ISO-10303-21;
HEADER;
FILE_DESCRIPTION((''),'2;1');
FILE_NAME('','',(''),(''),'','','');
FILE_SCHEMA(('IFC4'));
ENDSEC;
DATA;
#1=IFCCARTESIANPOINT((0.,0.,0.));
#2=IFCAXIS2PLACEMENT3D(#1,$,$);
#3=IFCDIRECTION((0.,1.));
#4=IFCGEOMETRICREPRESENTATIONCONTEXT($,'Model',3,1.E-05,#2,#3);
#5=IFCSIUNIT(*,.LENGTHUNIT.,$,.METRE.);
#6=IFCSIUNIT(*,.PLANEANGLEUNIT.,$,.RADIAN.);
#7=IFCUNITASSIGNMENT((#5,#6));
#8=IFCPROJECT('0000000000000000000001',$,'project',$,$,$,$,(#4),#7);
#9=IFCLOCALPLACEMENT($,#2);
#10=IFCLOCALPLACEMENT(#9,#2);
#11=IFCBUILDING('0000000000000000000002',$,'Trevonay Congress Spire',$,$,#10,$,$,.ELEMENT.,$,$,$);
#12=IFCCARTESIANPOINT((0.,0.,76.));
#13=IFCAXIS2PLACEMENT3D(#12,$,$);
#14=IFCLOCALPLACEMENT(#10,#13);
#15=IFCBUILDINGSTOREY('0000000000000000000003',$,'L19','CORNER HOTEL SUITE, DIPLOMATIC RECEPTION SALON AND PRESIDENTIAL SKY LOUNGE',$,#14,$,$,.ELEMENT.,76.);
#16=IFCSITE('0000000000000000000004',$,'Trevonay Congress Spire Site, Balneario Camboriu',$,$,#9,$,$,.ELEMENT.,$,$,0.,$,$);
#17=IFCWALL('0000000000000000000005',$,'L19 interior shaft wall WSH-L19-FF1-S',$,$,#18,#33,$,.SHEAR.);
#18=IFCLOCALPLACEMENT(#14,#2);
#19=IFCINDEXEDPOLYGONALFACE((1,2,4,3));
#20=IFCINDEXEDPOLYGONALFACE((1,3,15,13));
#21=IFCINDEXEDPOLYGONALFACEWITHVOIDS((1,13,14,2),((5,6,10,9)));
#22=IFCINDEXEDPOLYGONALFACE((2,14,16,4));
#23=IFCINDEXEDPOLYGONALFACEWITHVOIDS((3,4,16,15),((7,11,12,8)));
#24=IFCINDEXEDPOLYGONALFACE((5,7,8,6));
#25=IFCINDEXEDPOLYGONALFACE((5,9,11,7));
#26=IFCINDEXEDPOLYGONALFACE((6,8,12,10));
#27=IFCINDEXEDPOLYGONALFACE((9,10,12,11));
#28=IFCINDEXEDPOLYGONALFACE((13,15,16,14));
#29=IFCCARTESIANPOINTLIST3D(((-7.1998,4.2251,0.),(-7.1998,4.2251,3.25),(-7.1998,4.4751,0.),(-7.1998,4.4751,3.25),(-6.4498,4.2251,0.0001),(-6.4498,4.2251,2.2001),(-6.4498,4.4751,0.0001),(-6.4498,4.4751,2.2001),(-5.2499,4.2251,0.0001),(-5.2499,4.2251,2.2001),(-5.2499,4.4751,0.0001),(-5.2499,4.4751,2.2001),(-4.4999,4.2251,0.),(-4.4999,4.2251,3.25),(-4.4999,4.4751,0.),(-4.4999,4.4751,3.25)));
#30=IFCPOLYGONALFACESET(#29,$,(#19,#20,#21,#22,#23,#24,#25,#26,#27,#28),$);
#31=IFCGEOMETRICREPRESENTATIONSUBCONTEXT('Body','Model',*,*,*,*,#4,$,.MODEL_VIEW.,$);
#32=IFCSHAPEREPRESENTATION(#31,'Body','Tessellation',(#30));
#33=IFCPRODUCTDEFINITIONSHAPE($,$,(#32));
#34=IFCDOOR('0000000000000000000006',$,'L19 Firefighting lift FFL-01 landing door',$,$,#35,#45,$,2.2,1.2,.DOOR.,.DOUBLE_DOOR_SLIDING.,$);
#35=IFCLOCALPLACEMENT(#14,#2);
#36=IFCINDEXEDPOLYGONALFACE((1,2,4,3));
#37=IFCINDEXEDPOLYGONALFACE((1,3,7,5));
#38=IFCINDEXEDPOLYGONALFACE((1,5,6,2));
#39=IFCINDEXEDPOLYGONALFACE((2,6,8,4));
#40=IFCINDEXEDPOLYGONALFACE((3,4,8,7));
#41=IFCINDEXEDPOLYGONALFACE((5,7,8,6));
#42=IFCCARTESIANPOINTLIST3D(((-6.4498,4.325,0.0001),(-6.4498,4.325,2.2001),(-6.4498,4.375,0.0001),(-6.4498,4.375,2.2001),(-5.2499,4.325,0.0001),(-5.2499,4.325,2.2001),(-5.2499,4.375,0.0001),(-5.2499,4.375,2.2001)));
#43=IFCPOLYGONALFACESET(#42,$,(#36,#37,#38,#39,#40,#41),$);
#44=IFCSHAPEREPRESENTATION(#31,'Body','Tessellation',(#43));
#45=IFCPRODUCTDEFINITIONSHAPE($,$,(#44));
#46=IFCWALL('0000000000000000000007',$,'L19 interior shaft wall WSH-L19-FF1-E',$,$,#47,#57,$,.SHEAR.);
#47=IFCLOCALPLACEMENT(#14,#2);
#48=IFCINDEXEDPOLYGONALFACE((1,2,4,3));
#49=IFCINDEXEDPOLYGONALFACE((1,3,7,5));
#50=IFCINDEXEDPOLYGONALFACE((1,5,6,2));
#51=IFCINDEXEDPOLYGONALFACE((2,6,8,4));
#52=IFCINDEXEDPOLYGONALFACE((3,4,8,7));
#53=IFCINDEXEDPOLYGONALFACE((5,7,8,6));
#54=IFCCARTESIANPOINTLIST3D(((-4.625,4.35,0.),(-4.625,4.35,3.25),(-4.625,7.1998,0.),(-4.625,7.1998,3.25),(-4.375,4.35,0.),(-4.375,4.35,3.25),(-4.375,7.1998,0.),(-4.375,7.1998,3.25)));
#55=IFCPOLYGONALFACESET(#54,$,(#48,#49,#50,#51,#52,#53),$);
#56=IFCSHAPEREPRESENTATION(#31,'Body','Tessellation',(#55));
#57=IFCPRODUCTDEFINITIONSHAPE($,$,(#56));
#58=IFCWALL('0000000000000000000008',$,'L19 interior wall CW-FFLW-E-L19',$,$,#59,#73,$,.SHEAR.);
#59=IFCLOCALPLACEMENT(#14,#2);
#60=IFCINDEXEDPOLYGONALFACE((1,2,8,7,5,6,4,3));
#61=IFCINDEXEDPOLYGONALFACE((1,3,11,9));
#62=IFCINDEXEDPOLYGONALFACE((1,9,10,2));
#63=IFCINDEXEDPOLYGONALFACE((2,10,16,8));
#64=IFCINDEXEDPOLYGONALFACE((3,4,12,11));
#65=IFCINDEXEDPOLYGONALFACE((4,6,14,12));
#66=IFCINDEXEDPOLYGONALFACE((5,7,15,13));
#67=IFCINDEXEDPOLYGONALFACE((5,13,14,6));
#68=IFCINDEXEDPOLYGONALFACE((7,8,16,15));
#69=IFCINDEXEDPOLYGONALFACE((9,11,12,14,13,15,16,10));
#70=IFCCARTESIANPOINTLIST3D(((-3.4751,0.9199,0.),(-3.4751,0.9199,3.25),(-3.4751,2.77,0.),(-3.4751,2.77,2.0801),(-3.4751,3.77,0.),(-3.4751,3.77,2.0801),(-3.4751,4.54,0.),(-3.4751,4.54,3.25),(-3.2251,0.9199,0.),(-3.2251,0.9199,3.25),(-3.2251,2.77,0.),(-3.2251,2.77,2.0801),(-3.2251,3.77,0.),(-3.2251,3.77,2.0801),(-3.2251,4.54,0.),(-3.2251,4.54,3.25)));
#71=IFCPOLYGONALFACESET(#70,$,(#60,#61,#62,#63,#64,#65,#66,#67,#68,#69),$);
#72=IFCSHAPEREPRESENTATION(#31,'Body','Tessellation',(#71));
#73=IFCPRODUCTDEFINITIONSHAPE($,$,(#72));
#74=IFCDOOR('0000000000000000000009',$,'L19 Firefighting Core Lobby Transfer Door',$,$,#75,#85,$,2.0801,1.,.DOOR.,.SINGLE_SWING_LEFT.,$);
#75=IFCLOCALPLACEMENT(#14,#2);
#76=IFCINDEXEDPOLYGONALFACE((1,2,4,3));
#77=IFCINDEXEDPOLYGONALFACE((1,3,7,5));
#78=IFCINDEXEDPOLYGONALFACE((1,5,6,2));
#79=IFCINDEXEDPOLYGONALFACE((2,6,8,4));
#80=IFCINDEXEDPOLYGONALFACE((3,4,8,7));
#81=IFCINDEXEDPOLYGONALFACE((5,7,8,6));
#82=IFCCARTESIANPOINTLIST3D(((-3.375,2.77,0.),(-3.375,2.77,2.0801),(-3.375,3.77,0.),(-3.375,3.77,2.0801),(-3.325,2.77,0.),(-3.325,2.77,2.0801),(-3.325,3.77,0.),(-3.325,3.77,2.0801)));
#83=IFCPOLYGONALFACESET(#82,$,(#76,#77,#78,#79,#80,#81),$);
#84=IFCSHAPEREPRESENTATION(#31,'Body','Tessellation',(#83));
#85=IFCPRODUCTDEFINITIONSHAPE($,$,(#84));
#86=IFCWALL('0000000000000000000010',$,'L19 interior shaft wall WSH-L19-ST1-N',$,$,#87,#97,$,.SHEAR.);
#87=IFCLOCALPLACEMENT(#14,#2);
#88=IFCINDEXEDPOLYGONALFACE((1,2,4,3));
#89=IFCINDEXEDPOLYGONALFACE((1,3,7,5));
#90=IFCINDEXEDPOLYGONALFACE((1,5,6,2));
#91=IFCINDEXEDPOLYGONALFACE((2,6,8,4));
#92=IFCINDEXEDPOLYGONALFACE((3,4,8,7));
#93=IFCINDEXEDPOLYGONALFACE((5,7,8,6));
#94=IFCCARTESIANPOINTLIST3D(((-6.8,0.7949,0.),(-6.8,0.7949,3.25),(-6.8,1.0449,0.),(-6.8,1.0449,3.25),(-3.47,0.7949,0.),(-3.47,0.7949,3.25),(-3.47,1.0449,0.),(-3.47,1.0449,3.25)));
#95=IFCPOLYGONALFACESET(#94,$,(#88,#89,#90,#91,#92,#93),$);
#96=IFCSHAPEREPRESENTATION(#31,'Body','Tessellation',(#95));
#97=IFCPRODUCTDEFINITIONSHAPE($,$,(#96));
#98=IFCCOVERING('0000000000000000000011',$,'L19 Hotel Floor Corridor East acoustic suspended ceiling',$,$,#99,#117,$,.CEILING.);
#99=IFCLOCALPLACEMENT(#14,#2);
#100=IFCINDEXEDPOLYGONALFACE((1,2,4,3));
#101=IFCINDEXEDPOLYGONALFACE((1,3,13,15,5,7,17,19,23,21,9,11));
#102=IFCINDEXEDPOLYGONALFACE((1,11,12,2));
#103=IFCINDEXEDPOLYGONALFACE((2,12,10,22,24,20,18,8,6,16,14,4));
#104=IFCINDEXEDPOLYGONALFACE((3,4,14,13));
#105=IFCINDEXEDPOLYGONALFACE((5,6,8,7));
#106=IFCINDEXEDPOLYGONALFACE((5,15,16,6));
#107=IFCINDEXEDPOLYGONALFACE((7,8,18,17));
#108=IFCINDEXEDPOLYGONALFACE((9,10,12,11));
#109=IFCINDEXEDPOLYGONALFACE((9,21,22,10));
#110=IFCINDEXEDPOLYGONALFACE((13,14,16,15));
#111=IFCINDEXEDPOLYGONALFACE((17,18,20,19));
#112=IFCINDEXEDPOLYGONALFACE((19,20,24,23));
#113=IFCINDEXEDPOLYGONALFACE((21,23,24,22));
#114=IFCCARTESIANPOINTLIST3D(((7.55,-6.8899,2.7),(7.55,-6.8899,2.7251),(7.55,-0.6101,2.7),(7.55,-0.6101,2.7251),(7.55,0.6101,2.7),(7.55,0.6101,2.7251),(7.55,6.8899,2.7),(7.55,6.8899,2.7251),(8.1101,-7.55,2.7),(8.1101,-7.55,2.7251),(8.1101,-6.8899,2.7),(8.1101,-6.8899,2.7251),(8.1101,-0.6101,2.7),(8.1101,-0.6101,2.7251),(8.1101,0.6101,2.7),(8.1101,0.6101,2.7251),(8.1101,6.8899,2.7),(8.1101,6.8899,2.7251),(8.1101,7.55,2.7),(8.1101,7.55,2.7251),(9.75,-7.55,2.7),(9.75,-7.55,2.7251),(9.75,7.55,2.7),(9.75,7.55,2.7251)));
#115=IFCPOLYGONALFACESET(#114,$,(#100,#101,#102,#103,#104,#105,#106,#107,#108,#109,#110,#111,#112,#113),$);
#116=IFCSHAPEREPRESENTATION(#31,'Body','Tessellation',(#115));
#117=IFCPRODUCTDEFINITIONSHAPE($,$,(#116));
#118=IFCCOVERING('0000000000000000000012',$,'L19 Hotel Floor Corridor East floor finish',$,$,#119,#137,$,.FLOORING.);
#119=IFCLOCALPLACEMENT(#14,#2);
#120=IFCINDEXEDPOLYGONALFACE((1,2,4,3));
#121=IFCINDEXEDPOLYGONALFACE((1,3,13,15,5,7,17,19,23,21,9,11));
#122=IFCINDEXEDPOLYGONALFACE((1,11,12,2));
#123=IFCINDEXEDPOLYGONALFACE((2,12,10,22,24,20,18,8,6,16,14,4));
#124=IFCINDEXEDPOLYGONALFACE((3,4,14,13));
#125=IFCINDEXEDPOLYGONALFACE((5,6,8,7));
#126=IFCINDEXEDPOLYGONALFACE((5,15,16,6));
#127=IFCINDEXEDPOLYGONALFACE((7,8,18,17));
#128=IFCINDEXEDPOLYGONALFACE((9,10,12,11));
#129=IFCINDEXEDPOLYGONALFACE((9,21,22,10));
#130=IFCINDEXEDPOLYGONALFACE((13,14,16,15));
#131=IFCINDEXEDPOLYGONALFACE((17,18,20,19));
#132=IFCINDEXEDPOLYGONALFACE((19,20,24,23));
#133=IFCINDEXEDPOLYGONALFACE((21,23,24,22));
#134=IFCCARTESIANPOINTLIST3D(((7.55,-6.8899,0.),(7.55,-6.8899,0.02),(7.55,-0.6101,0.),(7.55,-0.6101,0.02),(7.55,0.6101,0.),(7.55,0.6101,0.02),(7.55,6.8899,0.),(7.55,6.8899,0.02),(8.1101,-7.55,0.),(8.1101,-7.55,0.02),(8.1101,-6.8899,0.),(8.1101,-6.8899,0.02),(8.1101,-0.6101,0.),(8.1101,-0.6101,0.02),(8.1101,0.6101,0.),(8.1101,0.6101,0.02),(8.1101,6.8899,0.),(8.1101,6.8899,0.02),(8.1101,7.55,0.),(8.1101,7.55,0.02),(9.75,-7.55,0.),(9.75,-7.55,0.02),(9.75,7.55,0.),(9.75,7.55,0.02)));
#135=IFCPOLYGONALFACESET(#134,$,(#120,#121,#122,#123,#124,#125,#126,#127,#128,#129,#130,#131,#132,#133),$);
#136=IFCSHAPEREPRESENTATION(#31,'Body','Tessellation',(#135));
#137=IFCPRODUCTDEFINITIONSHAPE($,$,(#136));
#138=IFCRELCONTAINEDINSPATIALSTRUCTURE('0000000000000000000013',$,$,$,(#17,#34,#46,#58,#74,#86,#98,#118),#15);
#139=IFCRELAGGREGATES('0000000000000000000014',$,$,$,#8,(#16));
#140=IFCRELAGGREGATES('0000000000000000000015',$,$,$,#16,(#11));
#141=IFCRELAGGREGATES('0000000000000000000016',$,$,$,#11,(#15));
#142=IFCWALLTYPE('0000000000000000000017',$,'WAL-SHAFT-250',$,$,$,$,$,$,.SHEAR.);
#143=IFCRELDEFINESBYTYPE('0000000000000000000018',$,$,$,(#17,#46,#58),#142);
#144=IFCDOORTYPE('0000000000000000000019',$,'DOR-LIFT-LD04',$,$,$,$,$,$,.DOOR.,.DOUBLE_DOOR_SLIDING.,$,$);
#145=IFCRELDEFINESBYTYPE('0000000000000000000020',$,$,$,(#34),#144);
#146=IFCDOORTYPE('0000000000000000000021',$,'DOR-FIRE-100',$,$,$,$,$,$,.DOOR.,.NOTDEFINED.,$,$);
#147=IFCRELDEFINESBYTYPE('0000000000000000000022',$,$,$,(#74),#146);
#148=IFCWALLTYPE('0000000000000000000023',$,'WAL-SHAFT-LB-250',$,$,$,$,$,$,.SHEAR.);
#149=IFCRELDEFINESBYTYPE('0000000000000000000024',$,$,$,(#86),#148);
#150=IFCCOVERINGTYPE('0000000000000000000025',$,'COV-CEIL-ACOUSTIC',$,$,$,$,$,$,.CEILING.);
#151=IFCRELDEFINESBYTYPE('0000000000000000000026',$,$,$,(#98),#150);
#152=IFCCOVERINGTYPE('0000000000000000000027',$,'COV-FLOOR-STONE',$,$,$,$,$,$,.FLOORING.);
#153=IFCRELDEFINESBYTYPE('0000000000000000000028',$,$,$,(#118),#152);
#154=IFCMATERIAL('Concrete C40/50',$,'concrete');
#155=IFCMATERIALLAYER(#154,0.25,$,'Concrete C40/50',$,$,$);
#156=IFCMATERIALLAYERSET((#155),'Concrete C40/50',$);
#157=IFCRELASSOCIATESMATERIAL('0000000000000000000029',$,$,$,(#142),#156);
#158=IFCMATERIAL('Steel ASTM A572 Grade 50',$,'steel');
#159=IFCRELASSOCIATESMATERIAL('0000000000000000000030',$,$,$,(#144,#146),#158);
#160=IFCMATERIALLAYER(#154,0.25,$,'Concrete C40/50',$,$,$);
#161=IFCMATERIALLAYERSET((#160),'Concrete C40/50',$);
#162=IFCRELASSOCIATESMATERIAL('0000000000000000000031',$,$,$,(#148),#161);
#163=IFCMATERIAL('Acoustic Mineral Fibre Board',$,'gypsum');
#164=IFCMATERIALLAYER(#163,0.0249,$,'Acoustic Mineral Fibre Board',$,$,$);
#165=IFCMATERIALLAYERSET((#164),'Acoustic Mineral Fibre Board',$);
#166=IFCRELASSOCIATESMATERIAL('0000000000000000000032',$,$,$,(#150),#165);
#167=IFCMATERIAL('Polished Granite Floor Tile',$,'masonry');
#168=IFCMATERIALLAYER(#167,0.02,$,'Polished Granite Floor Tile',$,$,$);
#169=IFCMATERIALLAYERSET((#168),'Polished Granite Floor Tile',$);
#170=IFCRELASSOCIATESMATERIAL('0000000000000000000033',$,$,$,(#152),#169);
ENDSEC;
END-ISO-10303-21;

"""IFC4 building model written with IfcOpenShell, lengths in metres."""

from ifc_helpers import new_model, si_unit, direction, frame, frame_2d, origin, place, context, subcontext, project, spatial, polyline, rectangle, outline, extrude, material, layer, layer_set, type_object, element, fill, save


model = new_model("IFC4")

# Units and contexts
model_context = context("Model", 3, precision=1e-05, world=origin(), true_north=direction((0.0, 1.0)))
body_context = subcontext(model_context, "Body", "Model", "MODEL_VIEW")
ifc_project = project(units=[si_unit("LENGTHUNIT", "METRE"), si_unit("PLANEANGLEUNIT", "RADIAN")], contexts=[model_context])

# Site, building, storey
site_placement = place(None, origin())
site = spatial("IfcSite", under=ifc_project, at=site_placement, Name="Trevonay Congress Spire Site, Balneario Camboriu", CompositionType="ELEMENT", RefElevation=0.0)
building_placement = place(site_placement, origin())
building = spatial("IfcBuilding", under=site, at=building_placement, Name="Trevonay Congress Spire", CompositionType="ELEMENT")
storey_placement = place(building_placement, frame((0.0, 0.0, 76.0)))
storey = spatial("IfcBuildingStorey", under=building, at=storey_placement, Name="L19", Description="CORNER HOTEL SUITE, DIPLOMATIC RECEPTION SALON AND PRESIDENTIAL SKY LOUNGE", CompositionType="ELEMENT", Elevation=76.0)

# Shared definitions
ifc_material_1 = material(Name="Steel ASTM A572 Grade 50", Category="steel")

# Shared definitions
ifc_material_2 = material(Name="Concrete C40/50", Category="concrete")

# Shared definitions
ifc_layer_1 = layer(ifc_material_2, 0.25, Name="Concrete C40/50")
ifc_layer_set_1 = layer_set([ifc_layer_1], Name="Concrete C40/50")
wall_type_1 = type_object("IfcWallType", Name="WAL-SHAFT-250", PredefinedType="SHEAR", material=ifc_layer_set_1)

# Wall, opening, door
wall_1_placement = place(storey_placement, frame((-7.2, 4.3501, 0.0), z_axis=(0.0, 0.0, 1.0), x_axis=(1.0, 0.0, 0.0)))
wall_1 = element("IfcWall", 1, at=wall_1_placement, inside=storey, type_object=wall_type_1, Name="L19 interior shaft wall WSH-L19-FF1-S", PredefinedType="SHEAR", context=body_context, shape_type="SweptSolid", body=[
    extrude(rectangle(XDim=2.7, YDim=0.25, at=frame_2d((1.3501, 0.0))), origin(), (0.0, 0.0, 1.0), 3.25),
])
opening_1_placement = place(wall_1_placement, frame((0.75, 0.0, 0.0)))
opening_1 = element("IfcOpeningElement", 2, at=opening_1_placement, cuts=wall_1, PredefinedType="OPENING", context=body_context, shape_type="SweptSolid", body=[
    extrude(rectangle(XDim=1.2, YDim=2.2, at=frame_2d((0.6001, 1.1001))), frame((0.0, 0.135, 0.0), z_axis=(0.0, -1.0, 0.0), x_axis=(1.0, 0.0, 0.0)), (0.0, 0.0, 1.0), 0.27),
])
door_type_1 = type_object("IfcDoorType", Name="DOR-LIFT-LD04", OperationType="DOUBLE_DOOR_SLIDING", PredefinedType="DOOR", material=ifc_material_1)
door_1_placement = place(opening_1_placement, origin())
door_1 = element("IfcDoor", 3, at=door_1_placement, inside=storey, type_object=door_type_1, Name="L19 Firefighting lift FFL-01 landing door", OperationType="DOUBLE_DOOR_SLIDING", OverallHeight=2.2, OverallWidth=1.2, PredefinedType="DOOR", context=body_context, shape_type="SweptSolid", body=[
    extrude(rectangle(XDim=1.2, YDim=2.2, at=frame_2d((0.6001, 1.1001))), frame((0.0, 0.0249, 0.0), z_axis=(0.0, -1.0, 0.0), x_axis=(1.0, 0.0, 0.0)), (0.0, 0.0, 1.0), 0.05),
])
fill(opening_1, door_1)

# Wall
wall_2_placement = place(storey_placement, frame((-4.5, 4.3501, 0.0), z_axis=(0.0, 0.0, 1.0), x_axis=(0.0, 1.0, 0.0)))
element("IfcWall", 4, at=wall_2_placement, inside=storey, type_object=wall_type_1, Name="L19 interior shaft wall WSH-L19-FF1-E", PredefinedType="SHEAR", context=body_context, shape_type="SweptSolid", body=[
    extrude(rectangle(XDim=2.8499, YDim=0.25, at=frame_2d((1.4248, 0.0))), origin(), (0.0, 0.0, 1.0), 3.25),
])

# Wall, opening, door
wall_3_placement = place(storey_placement, frame((-3.3501, 0.9199, 0.0), z_axis=(0.0, 0.0, 1.0), x_axis=(0.0, 1.0, 0.0)))
wall_3 = element("IfcWall", 5, at=wall_3_placement, inside=storey, type_object=wall_type_1, Name="L19 interior wall CW-FFLW-E-L19", PredefinedType="SHEAR", context=body_context, shape_type="SweptSolid", body=[
    extrude(rectangle(XDim=3.6201, YDim=0.25, at=frame_2d((1.8101, 0.0))), origin(), (0.0, 0.0, 1.0), 3.25),
])
opening_2_placement = place(wall_3_placement, frame((1.8501, 0.0, 0.0)))
opening_2 = element("IfcOpeningElement", 6, at=opening_2_placement, cuts=wall_3, PredefinedType="OPENING", context=body_context, shape_type="SweptSolid", body=[
    extrude(rectangle(XDim=1.0, YDim=2.0801, at=frame_2d((0.5, 1.04))), frame((0.0, 0.135, 0.0), z_axis=(0.0, -1.0, 0.0), x_axis=(1.0, 0.0, 0.0)), (0.0, 0.0, 1.0), 0.27),
])
door_type_2 = type_object("IfcDoorType", Name="DOR-FIRE-100", OperationType="NOTDEFINED", PredefinedType="DOOR", material=ifc_material_1)
door_2_placement = place(opening_2_placement, origin())
door_2 = element("IfcDoor", 7, at=door_2_placement, inside=storey, type_object=door_type_2, Name="L19 Firefighting Core Lobby Transfer Door", OperationType="SINGLE_SWING_LEFT", OverallHeight=2.0801, OverallWidth=1.0, PredefinedType="DOOR", context=body_context, shape_type="SweptSolid", body=[
    extrude(rectangle(XDim=1.0, YDim=2.0801, at=frame_2d((0.5, 1.04))), frame((0.0, 0.0249, 0.0), z_axis=(0.0, -1.0, 0.0), x_axis=(1.0, 0.0, 0.0)), (0.0, 0.0, 1.0), 0.05),
])
fill(opening_2, door_2)

# Wall
ifc_layer_2 = layer(ifc_material_2, 0.25, Name="Concrete C40/50")
ifc_layer_set_2 = layer_set([ifc_layer_2], Name="Concrete C40/50")
wall_type_2 = type_object("IfcWallType", Name="WAL-SHAFT-LB-250", PredefinedType="SHEAR", material=ifc_layer_set_2)
wall_4_placement = place(storey_placement, frame((-6.8, 0.9199, 0.0), z_axis=(0.0, 0.0, 1.0), x_axis=(1.0, 0.0, 0.0)))
element("IfcWall", 8, at=wall_4_placement, inside=storey, type_object=wall_type_2, Name="L19 interior shaft wall WSH-L19-ST1-N", PredefinedType="SHEAR", context=body_context, shape_type="SweptSolid", body=[
    extrude(rectangle(XDim=3.3301, YDim=0.25, at=frame_2d((1.665, 0.0))), origin(), (0.0, 0.0, 1.0), 3.25),
])

# Coverings
ifc_material_3 = material(Name="Acoustic Mineral Fibre Board", Category="gypsum")
ifc_layer_3 = layer(ifc_material_3, 0.0249, Name="Acoustic Mineral Fibre Board")
ifc_layer_set_3 = layer_set([ifc_layer_3], Name="Acoustic Mineral Fibre Board")
covering_type_1 = type_object("IfcCoveringType", Name="COV-CEIL-ACOUSTIC", PredefinedType="CEILING", material=ifc_layer_set_3)
covering_1_placement = place(storey_placement, frame((0.0, 0.0, 2.7)))
element("IfcCovering", 9, at=covering_1_placement, inside=storey, type_object=covering_type_1, Name="L19 Hotel Floor Corridor East acoustic suspended ceiling", PredefinedType="CEILING", context=body_context, shape_type="SweptSolid", body=[
    extrude(outline(polyline([(9.75, -7.55), (8.1101, -7.55), (8.1101, -6.8899), (7.55, -6.8899), (7.55, -0.6101), (8.1101, -0.6101), (8.1101, 0.6101), (7.55, 0.6101), (7.55, 6.8899), (8.1101, 6.8899), (8.1101, 7.55), (9.75, 7.55), (9.75, -7.55)])), origin(), (0.0, 0.0, 1.0), 0.0251),
])
ifc_material_4 = material(Name="Polished Granite Floor Tile", Category="masonry")
ifc_layer_4 = layer(ifc_material_4, 0.02, Name="Polished Granite Floor Tile")
ifc_layer_set_4 = layer_set([ifc_layer_4], Name="Polished Granite Floor Tile")
covering_type_2 = type_object("IfcCoveringType", Name="COV-FLOOR-STONE", PredefinedType="FLOORING", material=ifc_layer_set_4)
covering_2_placement = place(storey_placement, origin())
element("IfcCovering", 10, at=covering_2_placement, inside=storey, type_object=covering_type_2, Name="L19 Hotel Floor Corridor East floor finish", PredefinedType="FLOORING", context=body_context, shape_type="SweptSolid", body=[
    extrude(outline(polyline([(9.75, -7.55), (8.1101, -7.55), (8.1101, -6.8899), (7.55, -6.8899), (7.55, -0.6101), (8.1101, -0.6101), (8.1101, 0.6101), (7.55, 0.6101), (7.55, 6.8899), (8.1101, 6.8899), (8.1101, 7.55), (9.75, 7.55), (9.75, -7.55)])), origin(), (0.0, 0.0, 1.0), 0.02),
])

save(model, "model.ifc")
